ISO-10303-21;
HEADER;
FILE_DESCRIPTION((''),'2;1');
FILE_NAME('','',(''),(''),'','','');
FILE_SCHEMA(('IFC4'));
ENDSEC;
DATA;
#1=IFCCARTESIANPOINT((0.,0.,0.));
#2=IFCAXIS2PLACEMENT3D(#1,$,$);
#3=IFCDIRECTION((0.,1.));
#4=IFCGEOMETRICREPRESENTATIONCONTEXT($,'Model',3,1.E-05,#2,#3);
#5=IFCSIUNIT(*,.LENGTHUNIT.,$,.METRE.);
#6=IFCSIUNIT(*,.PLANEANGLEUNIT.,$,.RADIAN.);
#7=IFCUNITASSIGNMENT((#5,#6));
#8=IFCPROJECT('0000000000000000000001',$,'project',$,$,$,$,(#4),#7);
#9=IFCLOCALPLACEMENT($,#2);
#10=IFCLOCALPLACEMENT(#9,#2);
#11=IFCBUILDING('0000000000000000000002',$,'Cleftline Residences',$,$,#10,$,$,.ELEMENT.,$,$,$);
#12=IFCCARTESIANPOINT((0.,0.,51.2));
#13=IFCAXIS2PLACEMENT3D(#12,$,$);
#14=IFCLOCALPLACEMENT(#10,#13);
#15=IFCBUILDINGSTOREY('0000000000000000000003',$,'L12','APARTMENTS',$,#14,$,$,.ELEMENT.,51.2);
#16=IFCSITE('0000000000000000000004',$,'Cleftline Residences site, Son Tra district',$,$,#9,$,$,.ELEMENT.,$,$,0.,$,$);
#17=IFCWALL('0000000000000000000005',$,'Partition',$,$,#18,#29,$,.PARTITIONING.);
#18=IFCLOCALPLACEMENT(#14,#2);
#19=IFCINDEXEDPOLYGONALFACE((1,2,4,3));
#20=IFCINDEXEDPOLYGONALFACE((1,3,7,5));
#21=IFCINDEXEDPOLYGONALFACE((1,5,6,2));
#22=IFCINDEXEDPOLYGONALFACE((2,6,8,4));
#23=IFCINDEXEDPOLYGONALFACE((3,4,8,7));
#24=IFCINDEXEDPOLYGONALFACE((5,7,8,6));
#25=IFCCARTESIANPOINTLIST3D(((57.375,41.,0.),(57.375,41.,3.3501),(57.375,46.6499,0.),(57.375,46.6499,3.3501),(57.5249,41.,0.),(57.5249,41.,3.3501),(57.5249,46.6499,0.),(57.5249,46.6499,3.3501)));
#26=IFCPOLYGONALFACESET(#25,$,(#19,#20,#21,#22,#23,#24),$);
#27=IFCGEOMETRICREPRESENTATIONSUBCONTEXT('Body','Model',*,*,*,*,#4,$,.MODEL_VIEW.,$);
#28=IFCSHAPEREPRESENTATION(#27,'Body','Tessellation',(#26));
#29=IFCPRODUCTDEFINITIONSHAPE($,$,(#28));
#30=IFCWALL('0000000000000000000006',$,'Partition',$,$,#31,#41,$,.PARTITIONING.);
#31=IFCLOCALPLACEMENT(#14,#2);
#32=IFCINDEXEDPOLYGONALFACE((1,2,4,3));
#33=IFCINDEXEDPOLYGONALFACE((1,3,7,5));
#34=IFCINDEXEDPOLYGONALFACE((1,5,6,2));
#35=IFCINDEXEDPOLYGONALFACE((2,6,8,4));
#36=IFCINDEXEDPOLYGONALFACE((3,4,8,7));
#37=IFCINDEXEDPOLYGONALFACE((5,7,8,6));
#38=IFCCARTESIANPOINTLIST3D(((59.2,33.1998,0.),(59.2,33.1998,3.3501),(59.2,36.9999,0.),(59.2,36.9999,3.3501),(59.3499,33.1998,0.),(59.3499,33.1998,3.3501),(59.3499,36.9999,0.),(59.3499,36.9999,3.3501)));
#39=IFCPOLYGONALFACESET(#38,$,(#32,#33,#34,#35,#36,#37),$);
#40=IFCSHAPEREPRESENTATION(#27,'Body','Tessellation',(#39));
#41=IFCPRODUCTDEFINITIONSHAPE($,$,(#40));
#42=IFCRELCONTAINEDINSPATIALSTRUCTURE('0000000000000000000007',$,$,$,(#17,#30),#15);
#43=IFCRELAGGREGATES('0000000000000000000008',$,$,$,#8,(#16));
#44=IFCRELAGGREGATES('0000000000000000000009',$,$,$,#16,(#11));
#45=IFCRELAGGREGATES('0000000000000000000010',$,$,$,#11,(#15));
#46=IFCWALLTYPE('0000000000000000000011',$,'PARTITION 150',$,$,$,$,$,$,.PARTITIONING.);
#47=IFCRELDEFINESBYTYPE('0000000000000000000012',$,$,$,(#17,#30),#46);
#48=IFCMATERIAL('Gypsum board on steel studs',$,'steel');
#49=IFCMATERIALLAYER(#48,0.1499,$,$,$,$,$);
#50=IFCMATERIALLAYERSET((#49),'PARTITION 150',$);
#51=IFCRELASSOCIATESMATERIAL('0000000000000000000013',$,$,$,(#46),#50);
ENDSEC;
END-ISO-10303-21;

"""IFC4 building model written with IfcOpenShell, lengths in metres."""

from ifc_helpers import new_model, si_unit, direction, frame, frame_2d, origin, place, context, subcontext, project, spatial, rectangle, extrude, material, layer, layer_set, type_object, element, save


model = new_model("IFC4")

# Units and contexts
model_context = context("Model", 3, precision=1e-05, world=origin(), true_north=direction((0.0, 1.0)))
body_context = subcontext(model_context, "Body", "Model", "MODEL_VIEW")
ifc_project = project(units=[si_unit("LENGTHUNIT", "METRE"), si_unit("PLANEANGLEUNIT", "RADIAN")], contexts=[model_context])

# Site, building, storey
site_placement = place(None, origin())
site = spatial("IfcSite", under=ifc_project, at=site_placement, Name="Cleftline Residences site, Son Tra district", CompositionType="ELEMENT", RefElevation=0.0)
building_placement = place(site_placement, origin())
building = spatial("IfcBuilding", under=site, at=building_placement, Name="Cleftline Residences", CompositionType="ELEMENT")
storey_placement = place(building_placement, frame((0.0, 0.0, 51.2)))
storey = spatial("IfcBuildingStorey", under=building, at=storey_placement, Name="L12", Description="APARTMENTS", CompositionType="ELEMENT", Elevation=51.2)

# Walls
ifc_material_1 = material(Name="Gypsum board on steel studs", Category="steel")
ifc_layer_1 = layer(ifc_material_1, 0.1499)
ifc_layer_set_1 = layer_set([ifc_layer_1], Name="PARTITION 150")
wall_type_1 = type_object("IfcWallType", Name="PARTITION 150", PredefinedType="PARTITIONING", material=ifc_layer_set_1)
wall_1_placement = place(storey_placement, frame((57.45, 41.0, 0.0), z_axis=(0.0, 0.0, 1.0), x_axis=(0.0, 1.0, 0.0)))
element("IfcWall", 1, at=wall_1_placement, inside=storey, type_object=wall_type_1, Name="Partition", PredefinedType="PARTITIONING", context=body_context, shape_type="SweptSolid", body=[
    extrude(rectangle(XDim=5.6499, YDim=0.1499, at=frame_2d((2.825, 0.0))), origin(), (0.0, 0.0, 1.0), 3.3501),
])
wall_2_placement = place(storey_placement, frame((59.2749, 33.2, 0.0), z_axis=(0.0, 0.0, 1.0), x_axis=(0.0, 1.0, 0.0)))
element("IfcWall", 2, at=wall_2_placement, inside=storey, type_object=wall_type_1, Name="Partition", PredefinedType="PARTITIONING", context=body_context, shape_type="SweptSolid", body=[
    extrude(rectangle(XDim=3.8, YDim=0.1499, at=frame_2d((1.8999, 0.0))), origin(), (0.0, 0.0, 1.0), 3.3501),
])

save(model, "model.ifc")
